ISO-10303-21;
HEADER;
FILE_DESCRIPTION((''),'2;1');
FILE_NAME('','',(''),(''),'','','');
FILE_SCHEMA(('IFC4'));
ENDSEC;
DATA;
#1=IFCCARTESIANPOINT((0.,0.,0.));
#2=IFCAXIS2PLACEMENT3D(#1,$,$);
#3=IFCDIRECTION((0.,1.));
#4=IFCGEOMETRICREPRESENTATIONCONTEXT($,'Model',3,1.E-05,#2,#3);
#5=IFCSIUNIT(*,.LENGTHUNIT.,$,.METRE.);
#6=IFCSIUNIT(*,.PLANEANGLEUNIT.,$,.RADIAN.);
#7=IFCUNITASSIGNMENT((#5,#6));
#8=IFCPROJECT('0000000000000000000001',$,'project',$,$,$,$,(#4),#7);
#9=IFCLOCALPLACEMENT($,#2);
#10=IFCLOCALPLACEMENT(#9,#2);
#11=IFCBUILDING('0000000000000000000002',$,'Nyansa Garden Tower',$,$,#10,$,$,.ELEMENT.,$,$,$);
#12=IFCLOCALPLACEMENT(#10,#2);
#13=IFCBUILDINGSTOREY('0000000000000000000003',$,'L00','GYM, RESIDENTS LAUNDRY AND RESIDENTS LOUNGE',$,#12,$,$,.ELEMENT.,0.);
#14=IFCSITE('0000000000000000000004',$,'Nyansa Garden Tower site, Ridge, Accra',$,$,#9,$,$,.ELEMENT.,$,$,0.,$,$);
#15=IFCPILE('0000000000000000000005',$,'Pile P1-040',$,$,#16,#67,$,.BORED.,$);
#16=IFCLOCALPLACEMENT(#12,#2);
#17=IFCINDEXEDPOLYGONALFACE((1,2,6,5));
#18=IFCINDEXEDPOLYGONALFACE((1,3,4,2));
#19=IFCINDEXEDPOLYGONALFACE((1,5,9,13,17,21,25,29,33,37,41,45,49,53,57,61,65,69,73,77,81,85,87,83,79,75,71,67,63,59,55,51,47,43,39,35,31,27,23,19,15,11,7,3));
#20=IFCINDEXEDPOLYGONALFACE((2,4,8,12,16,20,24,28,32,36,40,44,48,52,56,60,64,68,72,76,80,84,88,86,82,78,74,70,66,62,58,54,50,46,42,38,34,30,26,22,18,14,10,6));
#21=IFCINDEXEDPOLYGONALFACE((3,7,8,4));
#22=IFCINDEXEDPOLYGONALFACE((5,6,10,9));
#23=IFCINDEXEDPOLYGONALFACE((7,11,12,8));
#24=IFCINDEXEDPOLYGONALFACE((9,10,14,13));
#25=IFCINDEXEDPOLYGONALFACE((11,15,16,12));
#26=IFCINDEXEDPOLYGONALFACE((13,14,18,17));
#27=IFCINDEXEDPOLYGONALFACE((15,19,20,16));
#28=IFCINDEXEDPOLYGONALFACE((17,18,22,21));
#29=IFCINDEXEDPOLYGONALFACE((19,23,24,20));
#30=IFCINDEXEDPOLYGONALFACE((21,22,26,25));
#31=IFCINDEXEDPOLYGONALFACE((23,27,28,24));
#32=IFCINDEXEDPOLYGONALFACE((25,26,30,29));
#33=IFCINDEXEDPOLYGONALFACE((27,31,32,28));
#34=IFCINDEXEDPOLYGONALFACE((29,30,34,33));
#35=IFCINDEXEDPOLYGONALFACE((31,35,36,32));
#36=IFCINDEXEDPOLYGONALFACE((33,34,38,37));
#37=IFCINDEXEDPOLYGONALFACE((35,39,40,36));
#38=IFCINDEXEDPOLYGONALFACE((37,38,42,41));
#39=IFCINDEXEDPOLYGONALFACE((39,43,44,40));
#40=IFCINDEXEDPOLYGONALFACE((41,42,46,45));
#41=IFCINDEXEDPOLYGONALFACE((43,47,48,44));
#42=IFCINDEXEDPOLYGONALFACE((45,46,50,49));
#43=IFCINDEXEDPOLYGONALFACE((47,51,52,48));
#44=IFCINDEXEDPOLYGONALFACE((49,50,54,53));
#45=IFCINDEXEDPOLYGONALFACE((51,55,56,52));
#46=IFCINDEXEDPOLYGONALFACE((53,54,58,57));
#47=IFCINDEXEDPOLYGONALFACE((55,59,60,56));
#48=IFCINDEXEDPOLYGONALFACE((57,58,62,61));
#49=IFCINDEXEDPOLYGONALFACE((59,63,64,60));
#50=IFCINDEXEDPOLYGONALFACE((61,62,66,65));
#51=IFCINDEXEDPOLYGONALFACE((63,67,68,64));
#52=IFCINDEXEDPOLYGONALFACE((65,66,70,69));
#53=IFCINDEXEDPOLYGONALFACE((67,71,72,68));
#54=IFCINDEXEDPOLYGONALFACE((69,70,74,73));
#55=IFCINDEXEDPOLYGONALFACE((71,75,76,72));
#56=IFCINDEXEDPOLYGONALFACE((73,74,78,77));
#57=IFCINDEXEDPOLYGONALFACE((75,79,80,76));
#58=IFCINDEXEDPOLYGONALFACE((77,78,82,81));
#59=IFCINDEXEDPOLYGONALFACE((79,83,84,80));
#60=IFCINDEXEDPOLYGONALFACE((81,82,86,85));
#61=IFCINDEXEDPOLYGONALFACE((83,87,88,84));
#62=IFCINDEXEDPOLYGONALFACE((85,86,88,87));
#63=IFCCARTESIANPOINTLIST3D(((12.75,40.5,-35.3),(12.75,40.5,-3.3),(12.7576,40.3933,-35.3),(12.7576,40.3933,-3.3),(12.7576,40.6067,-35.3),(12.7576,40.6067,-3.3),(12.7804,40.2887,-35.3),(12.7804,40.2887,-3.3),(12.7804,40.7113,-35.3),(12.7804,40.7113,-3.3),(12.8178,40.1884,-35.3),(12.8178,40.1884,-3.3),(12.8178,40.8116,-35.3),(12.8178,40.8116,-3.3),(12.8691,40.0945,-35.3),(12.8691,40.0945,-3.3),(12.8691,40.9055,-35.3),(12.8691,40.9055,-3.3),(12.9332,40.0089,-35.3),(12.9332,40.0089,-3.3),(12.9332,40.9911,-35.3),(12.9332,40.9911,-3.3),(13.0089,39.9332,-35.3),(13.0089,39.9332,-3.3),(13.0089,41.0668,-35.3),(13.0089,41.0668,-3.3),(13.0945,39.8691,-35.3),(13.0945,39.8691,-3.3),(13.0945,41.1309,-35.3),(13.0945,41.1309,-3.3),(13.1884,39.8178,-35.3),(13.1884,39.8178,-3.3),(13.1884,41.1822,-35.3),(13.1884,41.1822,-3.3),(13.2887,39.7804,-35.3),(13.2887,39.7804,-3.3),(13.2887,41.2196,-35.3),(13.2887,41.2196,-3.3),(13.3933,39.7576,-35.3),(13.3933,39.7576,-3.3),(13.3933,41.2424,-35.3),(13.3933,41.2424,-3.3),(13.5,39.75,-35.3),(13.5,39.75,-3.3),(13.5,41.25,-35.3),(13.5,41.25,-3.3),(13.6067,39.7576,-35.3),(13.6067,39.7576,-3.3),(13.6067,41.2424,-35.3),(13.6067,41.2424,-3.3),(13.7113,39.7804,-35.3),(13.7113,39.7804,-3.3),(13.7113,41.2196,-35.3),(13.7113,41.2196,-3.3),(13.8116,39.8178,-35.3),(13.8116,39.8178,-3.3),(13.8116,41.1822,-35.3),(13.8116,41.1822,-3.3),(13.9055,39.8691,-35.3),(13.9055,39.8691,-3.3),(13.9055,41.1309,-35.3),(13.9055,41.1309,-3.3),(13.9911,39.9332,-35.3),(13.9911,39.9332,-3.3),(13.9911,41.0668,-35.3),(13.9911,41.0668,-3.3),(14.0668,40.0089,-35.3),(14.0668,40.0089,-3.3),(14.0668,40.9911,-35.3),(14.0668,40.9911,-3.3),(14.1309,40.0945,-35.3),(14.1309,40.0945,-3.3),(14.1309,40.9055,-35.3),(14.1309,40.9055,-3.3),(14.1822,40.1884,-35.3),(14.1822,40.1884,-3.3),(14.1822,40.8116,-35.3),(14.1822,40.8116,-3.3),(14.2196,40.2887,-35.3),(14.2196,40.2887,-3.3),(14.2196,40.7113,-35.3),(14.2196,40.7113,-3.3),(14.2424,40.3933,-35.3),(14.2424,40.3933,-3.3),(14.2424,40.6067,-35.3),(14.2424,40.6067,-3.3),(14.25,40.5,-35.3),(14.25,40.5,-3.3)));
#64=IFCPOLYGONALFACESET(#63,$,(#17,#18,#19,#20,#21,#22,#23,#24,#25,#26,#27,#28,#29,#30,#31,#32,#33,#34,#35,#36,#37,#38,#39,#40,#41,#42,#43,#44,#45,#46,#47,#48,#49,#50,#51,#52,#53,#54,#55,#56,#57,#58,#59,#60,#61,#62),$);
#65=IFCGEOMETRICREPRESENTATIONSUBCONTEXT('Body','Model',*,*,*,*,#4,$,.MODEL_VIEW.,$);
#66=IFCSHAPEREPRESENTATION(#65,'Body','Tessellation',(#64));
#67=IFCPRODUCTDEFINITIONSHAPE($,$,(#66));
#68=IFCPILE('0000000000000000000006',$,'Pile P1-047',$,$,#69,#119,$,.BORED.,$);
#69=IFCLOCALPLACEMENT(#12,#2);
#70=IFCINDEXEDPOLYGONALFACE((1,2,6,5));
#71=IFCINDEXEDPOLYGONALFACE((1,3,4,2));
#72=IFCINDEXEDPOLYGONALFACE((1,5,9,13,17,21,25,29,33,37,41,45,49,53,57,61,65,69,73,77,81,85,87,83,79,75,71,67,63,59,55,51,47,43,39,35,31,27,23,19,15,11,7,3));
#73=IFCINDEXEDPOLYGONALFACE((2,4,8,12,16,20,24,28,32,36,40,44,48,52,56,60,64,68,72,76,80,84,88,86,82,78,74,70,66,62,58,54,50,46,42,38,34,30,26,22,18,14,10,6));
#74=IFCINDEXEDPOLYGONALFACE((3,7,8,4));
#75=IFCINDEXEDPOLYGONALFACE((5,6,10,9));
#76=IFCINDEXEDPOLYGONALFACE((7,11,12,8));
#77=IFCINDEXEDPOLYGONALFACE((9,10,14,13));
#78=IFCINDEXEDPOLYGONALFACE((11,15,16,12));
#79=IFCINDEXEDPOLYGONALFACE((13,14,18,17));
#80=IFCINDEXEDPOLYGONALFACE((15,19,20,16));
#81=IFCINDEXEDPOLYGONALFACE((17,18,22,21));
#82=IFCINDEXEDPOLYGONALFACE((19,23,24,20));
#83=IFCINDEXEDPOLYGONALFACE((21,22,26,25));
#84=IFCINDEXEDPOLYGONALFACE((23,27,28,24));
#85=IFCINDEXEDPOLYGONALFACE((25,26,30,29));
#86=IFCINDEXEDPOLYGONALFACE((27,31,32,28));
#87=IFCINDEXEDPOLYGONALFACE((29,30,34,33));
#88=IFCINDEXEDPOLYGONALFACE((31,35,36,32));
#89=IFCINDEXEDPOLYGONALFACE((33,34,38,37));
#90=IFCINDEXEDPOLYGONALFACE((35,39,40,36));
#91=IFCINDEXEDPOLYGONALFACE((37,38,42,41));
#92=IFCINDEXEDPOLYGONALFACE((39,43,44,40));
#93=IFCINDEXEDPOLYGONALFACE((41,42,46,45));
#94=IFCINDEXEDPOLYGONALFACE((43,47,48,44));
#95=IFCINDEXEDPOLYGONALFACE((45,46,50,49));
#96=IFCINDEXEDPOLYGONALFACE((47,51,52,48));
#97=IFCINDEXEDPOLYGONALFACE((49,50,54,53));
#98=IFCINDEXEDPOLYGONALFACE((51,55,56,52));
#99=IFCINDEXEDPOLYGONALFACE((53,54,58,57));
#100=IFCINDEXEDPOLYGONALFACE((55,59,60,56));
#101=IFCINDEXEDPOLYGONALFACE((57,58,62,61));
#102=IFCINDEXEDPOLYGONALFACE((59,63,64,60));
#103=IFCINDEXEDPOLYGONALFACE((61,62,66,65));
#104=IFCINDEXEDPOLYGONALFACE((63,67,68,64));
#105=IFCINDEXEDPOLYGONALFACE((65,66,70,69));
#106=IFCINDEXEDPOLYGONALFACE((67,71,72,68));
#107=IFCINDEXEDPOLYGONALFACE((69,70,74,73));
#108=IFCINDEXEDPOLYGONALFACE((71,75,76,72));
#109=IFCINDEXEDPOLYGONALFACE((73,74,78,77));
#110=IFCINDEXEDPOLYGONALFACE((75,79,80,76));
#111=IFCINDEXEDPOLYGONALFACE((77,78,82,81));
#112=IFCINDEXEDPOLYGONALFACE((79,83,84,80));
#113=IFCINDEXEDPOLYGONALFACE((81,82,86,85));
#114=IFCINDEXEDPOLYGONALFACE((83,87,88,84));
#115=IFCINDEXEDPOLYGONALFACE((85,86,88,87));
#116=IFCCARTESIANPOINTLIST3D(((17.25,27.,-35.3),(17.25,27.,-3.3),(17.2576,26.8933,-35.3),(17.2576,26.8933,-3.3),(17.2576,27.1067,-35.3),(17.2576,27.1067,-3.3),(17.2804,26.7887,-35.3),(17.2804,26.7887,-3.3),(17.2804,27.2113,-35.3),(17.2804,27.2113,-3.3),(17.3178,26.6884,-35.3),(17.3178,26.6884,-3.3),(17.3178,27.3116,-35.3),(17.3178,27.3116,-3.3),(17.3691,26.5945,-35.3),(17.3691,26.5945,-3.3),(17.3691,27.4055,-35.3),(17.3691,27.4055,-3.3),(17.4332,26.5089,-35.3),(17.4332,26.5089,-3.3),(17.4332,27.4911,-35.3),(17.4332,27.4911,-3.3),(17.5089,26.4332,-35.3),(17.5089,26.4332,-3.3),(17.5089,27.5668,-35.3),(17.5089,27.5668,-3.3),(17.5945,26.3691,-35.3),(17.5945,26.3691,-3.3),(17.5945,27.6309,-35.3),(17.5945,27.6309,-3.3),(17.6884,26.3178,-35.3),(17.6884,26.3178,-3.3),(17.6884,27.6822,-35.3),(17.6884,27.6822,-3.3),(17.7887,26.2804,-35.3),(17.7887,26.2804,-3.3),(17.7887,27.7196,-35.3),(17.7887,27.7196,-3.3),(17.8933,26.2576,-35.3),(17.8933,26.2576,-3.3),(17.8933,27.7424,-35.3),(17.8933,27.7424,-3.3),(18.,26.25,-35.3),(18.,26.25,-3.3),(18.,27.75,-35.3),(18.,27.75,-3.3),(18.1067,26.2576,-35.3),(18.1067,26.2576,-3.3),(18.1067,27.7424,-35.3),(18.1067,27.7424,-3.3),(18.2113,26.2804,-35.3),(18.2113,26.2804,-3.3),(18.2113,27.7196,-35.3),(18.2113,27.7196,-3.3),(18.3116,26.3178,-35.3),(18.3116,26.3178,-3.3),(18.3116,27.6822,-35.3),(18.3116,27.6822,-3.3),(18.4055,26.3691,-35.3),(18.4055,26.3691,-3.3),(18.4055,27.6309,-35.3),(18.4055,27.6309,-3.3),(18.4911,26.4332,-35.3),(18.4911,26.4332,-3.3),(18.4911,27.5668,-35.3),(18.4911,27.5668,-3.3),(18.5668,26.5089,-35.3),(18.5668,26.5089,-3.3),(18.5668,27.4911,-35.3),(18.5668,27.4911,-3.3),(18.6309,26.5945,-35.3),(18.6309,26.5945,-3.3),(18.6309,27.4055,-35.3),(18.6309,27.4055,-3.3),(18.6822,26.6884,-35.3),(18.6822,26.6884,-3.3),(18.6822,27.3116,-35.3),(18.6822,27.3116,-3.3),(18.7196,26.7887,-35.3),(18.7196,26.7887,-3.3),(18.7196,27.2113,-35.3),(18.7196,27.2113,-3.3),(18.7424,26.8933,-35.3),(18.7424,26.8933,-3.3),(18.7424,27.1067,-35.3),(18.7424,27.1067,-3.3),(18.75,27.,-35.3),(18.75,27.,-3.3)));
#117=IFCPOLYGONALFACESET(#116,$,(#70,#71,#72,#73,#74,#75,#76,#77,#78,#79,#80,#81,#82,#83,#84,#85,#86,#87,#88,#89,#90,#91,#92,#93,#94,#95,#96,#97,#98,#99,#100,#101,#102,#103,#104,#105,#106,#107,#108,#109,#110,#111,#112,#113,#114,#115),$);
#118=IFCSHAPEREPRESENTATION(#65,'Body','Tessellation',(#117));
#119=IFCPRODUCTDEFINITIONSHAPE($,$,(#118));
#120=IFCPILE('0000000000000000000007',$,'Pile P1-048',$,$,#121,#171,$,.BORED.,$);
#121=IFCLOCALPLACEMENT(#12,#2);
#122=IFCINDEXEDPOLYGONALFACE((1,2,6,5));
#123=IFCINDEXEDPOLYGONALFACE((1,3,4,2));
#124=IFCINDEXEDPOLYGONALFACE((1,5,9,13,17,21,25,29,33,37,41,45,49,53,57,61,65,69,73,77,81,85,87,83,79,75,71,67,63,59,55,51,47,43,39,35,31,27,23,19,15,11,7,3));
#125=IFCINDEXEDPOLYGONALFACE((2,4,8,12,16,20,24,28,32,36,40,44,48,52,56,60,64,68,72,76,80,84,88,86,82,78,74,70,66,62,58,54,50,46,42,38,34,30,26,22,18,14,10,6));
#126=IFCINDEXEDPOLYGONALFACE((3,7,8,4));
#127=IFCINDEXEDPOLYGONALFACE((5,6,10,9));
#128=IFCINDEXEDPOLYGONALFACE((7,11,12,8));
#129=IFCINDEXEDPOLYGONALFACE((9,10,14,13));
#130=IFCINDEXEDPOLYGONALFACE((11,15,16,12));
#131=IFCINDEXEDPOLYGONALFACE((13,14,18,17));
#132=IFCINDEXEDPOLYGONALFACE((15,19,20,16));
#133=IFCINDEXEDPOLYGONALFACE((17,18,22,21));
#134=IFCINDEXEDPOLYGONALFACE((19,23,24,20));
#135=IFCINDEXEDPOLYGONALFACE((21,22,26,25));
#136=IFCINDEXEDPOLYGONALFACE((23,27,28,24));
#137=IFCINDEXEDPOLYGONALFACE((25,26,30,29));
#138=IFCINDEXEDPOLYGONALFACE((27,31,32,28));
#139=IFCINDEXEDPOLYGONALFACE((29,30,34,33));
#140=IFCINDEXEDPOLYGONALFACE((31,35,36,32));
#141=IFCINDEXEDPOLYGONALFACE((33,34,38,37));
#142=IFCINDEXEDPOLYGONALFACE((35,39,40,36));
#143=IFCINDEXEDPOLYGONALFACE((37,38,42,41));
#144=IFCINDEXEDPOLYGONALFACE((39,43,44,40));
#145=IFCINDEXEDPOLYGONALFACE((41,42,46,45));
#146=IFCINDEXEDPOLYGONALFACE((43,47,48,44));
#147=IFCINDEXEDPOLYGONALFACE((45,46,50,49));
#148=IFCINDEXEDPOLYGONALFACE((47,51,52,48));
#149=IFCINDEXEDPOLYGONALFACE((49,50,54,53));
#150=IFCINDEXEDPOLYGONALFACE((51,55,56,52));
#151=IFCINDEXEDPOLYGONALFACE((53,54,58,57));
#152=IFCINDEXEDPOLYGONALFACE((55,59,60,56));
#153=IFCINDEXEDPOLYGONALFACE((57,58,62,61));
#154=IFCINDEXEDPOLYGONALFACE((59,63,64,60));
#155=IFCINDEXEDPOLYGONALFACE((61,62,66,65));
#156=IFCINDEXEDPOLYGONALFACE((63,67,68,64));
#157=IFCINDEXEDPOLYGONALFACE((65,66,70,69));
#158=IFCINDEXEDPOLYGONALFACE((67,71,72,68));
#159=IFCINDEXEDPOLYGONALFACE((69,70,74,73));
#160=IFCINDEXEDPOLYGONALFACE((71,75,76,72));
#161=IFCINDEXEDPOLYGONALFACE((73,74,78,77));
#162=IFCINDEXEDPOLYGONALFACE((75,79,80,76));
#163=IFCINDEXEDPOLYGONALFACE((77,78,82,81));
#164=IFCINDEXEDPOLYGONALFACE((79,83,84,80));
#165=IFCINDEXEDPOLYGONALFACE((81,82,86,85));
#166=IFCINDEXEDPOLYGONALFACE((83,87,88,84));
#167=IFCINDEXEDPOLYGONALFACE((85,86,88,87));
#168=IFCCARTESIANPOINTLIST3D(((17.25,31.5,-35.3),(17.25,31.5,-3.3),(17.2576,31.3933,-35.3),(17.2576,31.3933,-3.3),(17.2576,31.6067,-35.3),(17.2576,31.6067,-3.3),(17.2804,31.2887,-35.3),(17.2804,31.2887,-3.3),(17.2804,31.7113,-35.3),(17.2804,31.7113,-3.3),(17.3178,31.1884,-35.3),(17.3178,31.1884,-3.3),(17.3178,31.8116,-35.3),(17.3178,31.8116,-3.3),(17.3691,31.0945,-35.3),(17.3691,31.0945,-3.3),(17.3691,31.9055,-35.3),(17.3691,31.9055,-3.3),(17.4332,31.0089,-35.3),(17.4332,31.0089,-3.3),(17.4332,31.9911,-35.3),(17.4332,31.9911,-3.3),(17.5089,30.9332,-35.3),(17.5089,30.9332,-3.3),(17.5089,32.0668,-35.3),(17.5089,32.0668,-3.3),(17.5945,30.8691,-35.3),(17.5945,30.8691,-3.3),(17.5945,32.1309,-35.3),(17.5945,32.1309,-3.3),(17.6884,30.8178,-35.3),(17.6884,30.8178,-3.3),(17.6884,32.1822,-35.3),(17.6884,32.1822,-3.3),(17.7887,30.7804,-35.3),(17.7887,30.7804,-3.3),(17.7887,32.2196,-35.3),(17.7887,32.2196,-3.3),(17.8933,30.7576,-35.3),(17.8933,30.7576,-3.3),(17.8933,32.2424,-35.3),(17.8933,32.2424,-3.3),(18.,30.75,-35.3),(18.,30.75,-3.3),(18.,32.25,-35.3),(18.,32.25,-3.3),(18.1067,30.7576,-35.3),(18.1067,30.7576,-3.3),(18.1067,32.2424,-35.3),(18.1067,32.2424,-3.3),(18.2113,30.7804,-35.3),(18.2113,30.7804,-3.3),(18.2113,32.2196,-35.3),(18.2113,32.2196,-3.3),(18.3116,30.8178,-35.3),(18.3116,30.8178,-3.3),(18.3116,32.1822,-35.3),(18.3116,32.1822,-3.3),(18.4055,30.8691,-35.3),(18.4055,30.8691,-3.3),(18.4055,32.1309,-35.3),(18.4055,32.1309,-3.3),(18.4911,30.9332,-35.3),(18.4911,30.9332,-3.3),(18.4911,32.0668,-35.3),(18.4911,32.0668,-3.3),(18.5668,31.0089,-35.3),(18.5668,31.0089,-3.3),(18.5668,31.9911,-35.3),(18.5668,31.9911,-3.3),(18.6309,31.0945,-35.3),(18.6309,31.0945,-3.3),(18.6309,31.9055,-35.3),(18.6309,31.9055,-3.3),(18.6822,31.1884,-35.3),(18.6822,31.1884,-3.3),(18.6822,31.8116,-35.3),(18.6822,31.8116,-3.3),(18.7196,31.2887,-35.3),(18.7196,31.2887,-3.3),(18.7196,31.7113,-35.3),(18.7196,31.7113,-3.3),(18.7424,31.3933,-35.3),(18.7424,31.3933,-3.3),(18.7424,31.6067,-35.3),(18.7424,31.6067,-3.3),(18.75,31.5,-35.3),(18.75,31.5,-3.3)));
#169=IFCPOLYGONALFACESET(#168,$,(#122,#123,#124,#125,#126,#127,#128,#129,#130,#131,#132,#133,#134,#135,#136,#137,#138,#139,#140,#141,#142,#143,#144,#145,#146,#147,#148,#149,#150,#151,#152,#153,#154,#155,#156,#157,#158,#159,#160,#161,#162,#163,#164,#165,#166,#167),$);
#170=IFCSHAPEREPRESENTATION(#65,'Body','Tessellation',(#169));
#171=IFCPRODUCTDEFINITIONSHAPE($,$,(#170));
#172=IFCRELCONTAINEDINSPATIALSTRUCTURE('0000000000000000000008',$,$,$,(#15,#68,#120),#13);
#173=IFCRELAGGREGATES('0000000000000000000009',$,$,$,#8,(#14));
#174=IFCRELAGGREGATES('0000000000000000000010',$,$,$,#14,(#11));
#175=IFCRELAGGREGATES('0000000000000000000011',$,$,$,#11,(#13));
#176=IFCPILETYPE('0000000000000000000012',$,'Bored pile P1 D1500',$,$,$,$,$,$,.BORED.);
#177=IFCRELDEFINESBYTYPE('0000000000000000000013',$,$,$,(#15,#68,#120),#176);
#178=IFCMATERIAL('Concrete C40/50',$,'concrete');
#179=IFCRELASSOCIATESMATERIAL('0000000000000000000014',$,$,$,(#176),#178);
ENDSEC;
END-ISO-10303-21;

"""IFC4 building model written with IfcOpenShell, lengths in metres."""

from ifc_helpers import new_model, si_unit, direction, frame, origin, origin_2d, place, context, subcontext, project, spatial, circle, extrude, material, type_object, element, save


model = new_model("IFC4")

# Units and contexts
model_context = context("Model", 3, precision=1e-05, world=origin(), true_north=direction((0.0, 1.0)))
body_context = subcontext(model_context, "Body", "Model", "MODEL_VIEW")
ifc_project = project(units=[si_unit("LENGTHUNIT", "METRE"), si_unit("PLANEANGLEUNIT", "RADIAN")], contexts=[model_context])

# Site, building, storey
site_placement = place(None, origin())
site = spatial("IfcSite", under=ifc_project, at=site_placement, Name="Nyansa Garden Tower site, Ridge, Accra", CompositionType="ELEMENT", RefElevation=0.0)
building_placement = place(site_placement, origin())
building = spatial("IfcBuilding", under=site, at=building_placement, Name="Nyansa Garden Tower", CompositionType="ELEMENT")
storey_placement = place(building_placement, origin())
storey = spatial("IfcBuildingStorey", under=building, at=storey_placement, Name="L00", Description="GYM, RESIDENTS LAUNDRY AND RESIDENTS LOUNGE", CompositionType="ELEMENT", Elevation=0.0)

# Piles
ifc_material_1 = material(Name="Concrete C40/50", Category="concrete")
pile_type = type_object("IfcPileType", Name="Bored pile P1 D1500", PredefinedType="BORED", material=ifc_material_1)
for number, where, z_axis, x_axis, name in (
    (1, (13.5, 40.5, -3.3), (0.0, 0.0, -1.0), (1.0, 0.0, 0.0), "Pile P1-040"),
    (2, (18.0, 27.0, -3.3), (0.0, 0.0, -1.0), (1.0, 0.0, 0.0), "Pile P1-047"),
    (3, (18.0, 31.5, -3.3), (0.0, 0.0, -1.0), (1.0, 0.0, 0.0), "Pile P1-048"),
):
    element("IfcPile", number, at=place(storey_placement, frame(where, z_axis=z_axis, x_axis=x_axis)), inside=storey, type_object=pile_type, Name=name, PredefinedType="BORED", context=body_context, shape_type="SweptSolid", body=[
        extrude(circle(Radius=0.75, at=origin_2d()), origin(), (0.0, 0.0, 1.0), 32.0),
    ])

save(model, "model.ifc")
